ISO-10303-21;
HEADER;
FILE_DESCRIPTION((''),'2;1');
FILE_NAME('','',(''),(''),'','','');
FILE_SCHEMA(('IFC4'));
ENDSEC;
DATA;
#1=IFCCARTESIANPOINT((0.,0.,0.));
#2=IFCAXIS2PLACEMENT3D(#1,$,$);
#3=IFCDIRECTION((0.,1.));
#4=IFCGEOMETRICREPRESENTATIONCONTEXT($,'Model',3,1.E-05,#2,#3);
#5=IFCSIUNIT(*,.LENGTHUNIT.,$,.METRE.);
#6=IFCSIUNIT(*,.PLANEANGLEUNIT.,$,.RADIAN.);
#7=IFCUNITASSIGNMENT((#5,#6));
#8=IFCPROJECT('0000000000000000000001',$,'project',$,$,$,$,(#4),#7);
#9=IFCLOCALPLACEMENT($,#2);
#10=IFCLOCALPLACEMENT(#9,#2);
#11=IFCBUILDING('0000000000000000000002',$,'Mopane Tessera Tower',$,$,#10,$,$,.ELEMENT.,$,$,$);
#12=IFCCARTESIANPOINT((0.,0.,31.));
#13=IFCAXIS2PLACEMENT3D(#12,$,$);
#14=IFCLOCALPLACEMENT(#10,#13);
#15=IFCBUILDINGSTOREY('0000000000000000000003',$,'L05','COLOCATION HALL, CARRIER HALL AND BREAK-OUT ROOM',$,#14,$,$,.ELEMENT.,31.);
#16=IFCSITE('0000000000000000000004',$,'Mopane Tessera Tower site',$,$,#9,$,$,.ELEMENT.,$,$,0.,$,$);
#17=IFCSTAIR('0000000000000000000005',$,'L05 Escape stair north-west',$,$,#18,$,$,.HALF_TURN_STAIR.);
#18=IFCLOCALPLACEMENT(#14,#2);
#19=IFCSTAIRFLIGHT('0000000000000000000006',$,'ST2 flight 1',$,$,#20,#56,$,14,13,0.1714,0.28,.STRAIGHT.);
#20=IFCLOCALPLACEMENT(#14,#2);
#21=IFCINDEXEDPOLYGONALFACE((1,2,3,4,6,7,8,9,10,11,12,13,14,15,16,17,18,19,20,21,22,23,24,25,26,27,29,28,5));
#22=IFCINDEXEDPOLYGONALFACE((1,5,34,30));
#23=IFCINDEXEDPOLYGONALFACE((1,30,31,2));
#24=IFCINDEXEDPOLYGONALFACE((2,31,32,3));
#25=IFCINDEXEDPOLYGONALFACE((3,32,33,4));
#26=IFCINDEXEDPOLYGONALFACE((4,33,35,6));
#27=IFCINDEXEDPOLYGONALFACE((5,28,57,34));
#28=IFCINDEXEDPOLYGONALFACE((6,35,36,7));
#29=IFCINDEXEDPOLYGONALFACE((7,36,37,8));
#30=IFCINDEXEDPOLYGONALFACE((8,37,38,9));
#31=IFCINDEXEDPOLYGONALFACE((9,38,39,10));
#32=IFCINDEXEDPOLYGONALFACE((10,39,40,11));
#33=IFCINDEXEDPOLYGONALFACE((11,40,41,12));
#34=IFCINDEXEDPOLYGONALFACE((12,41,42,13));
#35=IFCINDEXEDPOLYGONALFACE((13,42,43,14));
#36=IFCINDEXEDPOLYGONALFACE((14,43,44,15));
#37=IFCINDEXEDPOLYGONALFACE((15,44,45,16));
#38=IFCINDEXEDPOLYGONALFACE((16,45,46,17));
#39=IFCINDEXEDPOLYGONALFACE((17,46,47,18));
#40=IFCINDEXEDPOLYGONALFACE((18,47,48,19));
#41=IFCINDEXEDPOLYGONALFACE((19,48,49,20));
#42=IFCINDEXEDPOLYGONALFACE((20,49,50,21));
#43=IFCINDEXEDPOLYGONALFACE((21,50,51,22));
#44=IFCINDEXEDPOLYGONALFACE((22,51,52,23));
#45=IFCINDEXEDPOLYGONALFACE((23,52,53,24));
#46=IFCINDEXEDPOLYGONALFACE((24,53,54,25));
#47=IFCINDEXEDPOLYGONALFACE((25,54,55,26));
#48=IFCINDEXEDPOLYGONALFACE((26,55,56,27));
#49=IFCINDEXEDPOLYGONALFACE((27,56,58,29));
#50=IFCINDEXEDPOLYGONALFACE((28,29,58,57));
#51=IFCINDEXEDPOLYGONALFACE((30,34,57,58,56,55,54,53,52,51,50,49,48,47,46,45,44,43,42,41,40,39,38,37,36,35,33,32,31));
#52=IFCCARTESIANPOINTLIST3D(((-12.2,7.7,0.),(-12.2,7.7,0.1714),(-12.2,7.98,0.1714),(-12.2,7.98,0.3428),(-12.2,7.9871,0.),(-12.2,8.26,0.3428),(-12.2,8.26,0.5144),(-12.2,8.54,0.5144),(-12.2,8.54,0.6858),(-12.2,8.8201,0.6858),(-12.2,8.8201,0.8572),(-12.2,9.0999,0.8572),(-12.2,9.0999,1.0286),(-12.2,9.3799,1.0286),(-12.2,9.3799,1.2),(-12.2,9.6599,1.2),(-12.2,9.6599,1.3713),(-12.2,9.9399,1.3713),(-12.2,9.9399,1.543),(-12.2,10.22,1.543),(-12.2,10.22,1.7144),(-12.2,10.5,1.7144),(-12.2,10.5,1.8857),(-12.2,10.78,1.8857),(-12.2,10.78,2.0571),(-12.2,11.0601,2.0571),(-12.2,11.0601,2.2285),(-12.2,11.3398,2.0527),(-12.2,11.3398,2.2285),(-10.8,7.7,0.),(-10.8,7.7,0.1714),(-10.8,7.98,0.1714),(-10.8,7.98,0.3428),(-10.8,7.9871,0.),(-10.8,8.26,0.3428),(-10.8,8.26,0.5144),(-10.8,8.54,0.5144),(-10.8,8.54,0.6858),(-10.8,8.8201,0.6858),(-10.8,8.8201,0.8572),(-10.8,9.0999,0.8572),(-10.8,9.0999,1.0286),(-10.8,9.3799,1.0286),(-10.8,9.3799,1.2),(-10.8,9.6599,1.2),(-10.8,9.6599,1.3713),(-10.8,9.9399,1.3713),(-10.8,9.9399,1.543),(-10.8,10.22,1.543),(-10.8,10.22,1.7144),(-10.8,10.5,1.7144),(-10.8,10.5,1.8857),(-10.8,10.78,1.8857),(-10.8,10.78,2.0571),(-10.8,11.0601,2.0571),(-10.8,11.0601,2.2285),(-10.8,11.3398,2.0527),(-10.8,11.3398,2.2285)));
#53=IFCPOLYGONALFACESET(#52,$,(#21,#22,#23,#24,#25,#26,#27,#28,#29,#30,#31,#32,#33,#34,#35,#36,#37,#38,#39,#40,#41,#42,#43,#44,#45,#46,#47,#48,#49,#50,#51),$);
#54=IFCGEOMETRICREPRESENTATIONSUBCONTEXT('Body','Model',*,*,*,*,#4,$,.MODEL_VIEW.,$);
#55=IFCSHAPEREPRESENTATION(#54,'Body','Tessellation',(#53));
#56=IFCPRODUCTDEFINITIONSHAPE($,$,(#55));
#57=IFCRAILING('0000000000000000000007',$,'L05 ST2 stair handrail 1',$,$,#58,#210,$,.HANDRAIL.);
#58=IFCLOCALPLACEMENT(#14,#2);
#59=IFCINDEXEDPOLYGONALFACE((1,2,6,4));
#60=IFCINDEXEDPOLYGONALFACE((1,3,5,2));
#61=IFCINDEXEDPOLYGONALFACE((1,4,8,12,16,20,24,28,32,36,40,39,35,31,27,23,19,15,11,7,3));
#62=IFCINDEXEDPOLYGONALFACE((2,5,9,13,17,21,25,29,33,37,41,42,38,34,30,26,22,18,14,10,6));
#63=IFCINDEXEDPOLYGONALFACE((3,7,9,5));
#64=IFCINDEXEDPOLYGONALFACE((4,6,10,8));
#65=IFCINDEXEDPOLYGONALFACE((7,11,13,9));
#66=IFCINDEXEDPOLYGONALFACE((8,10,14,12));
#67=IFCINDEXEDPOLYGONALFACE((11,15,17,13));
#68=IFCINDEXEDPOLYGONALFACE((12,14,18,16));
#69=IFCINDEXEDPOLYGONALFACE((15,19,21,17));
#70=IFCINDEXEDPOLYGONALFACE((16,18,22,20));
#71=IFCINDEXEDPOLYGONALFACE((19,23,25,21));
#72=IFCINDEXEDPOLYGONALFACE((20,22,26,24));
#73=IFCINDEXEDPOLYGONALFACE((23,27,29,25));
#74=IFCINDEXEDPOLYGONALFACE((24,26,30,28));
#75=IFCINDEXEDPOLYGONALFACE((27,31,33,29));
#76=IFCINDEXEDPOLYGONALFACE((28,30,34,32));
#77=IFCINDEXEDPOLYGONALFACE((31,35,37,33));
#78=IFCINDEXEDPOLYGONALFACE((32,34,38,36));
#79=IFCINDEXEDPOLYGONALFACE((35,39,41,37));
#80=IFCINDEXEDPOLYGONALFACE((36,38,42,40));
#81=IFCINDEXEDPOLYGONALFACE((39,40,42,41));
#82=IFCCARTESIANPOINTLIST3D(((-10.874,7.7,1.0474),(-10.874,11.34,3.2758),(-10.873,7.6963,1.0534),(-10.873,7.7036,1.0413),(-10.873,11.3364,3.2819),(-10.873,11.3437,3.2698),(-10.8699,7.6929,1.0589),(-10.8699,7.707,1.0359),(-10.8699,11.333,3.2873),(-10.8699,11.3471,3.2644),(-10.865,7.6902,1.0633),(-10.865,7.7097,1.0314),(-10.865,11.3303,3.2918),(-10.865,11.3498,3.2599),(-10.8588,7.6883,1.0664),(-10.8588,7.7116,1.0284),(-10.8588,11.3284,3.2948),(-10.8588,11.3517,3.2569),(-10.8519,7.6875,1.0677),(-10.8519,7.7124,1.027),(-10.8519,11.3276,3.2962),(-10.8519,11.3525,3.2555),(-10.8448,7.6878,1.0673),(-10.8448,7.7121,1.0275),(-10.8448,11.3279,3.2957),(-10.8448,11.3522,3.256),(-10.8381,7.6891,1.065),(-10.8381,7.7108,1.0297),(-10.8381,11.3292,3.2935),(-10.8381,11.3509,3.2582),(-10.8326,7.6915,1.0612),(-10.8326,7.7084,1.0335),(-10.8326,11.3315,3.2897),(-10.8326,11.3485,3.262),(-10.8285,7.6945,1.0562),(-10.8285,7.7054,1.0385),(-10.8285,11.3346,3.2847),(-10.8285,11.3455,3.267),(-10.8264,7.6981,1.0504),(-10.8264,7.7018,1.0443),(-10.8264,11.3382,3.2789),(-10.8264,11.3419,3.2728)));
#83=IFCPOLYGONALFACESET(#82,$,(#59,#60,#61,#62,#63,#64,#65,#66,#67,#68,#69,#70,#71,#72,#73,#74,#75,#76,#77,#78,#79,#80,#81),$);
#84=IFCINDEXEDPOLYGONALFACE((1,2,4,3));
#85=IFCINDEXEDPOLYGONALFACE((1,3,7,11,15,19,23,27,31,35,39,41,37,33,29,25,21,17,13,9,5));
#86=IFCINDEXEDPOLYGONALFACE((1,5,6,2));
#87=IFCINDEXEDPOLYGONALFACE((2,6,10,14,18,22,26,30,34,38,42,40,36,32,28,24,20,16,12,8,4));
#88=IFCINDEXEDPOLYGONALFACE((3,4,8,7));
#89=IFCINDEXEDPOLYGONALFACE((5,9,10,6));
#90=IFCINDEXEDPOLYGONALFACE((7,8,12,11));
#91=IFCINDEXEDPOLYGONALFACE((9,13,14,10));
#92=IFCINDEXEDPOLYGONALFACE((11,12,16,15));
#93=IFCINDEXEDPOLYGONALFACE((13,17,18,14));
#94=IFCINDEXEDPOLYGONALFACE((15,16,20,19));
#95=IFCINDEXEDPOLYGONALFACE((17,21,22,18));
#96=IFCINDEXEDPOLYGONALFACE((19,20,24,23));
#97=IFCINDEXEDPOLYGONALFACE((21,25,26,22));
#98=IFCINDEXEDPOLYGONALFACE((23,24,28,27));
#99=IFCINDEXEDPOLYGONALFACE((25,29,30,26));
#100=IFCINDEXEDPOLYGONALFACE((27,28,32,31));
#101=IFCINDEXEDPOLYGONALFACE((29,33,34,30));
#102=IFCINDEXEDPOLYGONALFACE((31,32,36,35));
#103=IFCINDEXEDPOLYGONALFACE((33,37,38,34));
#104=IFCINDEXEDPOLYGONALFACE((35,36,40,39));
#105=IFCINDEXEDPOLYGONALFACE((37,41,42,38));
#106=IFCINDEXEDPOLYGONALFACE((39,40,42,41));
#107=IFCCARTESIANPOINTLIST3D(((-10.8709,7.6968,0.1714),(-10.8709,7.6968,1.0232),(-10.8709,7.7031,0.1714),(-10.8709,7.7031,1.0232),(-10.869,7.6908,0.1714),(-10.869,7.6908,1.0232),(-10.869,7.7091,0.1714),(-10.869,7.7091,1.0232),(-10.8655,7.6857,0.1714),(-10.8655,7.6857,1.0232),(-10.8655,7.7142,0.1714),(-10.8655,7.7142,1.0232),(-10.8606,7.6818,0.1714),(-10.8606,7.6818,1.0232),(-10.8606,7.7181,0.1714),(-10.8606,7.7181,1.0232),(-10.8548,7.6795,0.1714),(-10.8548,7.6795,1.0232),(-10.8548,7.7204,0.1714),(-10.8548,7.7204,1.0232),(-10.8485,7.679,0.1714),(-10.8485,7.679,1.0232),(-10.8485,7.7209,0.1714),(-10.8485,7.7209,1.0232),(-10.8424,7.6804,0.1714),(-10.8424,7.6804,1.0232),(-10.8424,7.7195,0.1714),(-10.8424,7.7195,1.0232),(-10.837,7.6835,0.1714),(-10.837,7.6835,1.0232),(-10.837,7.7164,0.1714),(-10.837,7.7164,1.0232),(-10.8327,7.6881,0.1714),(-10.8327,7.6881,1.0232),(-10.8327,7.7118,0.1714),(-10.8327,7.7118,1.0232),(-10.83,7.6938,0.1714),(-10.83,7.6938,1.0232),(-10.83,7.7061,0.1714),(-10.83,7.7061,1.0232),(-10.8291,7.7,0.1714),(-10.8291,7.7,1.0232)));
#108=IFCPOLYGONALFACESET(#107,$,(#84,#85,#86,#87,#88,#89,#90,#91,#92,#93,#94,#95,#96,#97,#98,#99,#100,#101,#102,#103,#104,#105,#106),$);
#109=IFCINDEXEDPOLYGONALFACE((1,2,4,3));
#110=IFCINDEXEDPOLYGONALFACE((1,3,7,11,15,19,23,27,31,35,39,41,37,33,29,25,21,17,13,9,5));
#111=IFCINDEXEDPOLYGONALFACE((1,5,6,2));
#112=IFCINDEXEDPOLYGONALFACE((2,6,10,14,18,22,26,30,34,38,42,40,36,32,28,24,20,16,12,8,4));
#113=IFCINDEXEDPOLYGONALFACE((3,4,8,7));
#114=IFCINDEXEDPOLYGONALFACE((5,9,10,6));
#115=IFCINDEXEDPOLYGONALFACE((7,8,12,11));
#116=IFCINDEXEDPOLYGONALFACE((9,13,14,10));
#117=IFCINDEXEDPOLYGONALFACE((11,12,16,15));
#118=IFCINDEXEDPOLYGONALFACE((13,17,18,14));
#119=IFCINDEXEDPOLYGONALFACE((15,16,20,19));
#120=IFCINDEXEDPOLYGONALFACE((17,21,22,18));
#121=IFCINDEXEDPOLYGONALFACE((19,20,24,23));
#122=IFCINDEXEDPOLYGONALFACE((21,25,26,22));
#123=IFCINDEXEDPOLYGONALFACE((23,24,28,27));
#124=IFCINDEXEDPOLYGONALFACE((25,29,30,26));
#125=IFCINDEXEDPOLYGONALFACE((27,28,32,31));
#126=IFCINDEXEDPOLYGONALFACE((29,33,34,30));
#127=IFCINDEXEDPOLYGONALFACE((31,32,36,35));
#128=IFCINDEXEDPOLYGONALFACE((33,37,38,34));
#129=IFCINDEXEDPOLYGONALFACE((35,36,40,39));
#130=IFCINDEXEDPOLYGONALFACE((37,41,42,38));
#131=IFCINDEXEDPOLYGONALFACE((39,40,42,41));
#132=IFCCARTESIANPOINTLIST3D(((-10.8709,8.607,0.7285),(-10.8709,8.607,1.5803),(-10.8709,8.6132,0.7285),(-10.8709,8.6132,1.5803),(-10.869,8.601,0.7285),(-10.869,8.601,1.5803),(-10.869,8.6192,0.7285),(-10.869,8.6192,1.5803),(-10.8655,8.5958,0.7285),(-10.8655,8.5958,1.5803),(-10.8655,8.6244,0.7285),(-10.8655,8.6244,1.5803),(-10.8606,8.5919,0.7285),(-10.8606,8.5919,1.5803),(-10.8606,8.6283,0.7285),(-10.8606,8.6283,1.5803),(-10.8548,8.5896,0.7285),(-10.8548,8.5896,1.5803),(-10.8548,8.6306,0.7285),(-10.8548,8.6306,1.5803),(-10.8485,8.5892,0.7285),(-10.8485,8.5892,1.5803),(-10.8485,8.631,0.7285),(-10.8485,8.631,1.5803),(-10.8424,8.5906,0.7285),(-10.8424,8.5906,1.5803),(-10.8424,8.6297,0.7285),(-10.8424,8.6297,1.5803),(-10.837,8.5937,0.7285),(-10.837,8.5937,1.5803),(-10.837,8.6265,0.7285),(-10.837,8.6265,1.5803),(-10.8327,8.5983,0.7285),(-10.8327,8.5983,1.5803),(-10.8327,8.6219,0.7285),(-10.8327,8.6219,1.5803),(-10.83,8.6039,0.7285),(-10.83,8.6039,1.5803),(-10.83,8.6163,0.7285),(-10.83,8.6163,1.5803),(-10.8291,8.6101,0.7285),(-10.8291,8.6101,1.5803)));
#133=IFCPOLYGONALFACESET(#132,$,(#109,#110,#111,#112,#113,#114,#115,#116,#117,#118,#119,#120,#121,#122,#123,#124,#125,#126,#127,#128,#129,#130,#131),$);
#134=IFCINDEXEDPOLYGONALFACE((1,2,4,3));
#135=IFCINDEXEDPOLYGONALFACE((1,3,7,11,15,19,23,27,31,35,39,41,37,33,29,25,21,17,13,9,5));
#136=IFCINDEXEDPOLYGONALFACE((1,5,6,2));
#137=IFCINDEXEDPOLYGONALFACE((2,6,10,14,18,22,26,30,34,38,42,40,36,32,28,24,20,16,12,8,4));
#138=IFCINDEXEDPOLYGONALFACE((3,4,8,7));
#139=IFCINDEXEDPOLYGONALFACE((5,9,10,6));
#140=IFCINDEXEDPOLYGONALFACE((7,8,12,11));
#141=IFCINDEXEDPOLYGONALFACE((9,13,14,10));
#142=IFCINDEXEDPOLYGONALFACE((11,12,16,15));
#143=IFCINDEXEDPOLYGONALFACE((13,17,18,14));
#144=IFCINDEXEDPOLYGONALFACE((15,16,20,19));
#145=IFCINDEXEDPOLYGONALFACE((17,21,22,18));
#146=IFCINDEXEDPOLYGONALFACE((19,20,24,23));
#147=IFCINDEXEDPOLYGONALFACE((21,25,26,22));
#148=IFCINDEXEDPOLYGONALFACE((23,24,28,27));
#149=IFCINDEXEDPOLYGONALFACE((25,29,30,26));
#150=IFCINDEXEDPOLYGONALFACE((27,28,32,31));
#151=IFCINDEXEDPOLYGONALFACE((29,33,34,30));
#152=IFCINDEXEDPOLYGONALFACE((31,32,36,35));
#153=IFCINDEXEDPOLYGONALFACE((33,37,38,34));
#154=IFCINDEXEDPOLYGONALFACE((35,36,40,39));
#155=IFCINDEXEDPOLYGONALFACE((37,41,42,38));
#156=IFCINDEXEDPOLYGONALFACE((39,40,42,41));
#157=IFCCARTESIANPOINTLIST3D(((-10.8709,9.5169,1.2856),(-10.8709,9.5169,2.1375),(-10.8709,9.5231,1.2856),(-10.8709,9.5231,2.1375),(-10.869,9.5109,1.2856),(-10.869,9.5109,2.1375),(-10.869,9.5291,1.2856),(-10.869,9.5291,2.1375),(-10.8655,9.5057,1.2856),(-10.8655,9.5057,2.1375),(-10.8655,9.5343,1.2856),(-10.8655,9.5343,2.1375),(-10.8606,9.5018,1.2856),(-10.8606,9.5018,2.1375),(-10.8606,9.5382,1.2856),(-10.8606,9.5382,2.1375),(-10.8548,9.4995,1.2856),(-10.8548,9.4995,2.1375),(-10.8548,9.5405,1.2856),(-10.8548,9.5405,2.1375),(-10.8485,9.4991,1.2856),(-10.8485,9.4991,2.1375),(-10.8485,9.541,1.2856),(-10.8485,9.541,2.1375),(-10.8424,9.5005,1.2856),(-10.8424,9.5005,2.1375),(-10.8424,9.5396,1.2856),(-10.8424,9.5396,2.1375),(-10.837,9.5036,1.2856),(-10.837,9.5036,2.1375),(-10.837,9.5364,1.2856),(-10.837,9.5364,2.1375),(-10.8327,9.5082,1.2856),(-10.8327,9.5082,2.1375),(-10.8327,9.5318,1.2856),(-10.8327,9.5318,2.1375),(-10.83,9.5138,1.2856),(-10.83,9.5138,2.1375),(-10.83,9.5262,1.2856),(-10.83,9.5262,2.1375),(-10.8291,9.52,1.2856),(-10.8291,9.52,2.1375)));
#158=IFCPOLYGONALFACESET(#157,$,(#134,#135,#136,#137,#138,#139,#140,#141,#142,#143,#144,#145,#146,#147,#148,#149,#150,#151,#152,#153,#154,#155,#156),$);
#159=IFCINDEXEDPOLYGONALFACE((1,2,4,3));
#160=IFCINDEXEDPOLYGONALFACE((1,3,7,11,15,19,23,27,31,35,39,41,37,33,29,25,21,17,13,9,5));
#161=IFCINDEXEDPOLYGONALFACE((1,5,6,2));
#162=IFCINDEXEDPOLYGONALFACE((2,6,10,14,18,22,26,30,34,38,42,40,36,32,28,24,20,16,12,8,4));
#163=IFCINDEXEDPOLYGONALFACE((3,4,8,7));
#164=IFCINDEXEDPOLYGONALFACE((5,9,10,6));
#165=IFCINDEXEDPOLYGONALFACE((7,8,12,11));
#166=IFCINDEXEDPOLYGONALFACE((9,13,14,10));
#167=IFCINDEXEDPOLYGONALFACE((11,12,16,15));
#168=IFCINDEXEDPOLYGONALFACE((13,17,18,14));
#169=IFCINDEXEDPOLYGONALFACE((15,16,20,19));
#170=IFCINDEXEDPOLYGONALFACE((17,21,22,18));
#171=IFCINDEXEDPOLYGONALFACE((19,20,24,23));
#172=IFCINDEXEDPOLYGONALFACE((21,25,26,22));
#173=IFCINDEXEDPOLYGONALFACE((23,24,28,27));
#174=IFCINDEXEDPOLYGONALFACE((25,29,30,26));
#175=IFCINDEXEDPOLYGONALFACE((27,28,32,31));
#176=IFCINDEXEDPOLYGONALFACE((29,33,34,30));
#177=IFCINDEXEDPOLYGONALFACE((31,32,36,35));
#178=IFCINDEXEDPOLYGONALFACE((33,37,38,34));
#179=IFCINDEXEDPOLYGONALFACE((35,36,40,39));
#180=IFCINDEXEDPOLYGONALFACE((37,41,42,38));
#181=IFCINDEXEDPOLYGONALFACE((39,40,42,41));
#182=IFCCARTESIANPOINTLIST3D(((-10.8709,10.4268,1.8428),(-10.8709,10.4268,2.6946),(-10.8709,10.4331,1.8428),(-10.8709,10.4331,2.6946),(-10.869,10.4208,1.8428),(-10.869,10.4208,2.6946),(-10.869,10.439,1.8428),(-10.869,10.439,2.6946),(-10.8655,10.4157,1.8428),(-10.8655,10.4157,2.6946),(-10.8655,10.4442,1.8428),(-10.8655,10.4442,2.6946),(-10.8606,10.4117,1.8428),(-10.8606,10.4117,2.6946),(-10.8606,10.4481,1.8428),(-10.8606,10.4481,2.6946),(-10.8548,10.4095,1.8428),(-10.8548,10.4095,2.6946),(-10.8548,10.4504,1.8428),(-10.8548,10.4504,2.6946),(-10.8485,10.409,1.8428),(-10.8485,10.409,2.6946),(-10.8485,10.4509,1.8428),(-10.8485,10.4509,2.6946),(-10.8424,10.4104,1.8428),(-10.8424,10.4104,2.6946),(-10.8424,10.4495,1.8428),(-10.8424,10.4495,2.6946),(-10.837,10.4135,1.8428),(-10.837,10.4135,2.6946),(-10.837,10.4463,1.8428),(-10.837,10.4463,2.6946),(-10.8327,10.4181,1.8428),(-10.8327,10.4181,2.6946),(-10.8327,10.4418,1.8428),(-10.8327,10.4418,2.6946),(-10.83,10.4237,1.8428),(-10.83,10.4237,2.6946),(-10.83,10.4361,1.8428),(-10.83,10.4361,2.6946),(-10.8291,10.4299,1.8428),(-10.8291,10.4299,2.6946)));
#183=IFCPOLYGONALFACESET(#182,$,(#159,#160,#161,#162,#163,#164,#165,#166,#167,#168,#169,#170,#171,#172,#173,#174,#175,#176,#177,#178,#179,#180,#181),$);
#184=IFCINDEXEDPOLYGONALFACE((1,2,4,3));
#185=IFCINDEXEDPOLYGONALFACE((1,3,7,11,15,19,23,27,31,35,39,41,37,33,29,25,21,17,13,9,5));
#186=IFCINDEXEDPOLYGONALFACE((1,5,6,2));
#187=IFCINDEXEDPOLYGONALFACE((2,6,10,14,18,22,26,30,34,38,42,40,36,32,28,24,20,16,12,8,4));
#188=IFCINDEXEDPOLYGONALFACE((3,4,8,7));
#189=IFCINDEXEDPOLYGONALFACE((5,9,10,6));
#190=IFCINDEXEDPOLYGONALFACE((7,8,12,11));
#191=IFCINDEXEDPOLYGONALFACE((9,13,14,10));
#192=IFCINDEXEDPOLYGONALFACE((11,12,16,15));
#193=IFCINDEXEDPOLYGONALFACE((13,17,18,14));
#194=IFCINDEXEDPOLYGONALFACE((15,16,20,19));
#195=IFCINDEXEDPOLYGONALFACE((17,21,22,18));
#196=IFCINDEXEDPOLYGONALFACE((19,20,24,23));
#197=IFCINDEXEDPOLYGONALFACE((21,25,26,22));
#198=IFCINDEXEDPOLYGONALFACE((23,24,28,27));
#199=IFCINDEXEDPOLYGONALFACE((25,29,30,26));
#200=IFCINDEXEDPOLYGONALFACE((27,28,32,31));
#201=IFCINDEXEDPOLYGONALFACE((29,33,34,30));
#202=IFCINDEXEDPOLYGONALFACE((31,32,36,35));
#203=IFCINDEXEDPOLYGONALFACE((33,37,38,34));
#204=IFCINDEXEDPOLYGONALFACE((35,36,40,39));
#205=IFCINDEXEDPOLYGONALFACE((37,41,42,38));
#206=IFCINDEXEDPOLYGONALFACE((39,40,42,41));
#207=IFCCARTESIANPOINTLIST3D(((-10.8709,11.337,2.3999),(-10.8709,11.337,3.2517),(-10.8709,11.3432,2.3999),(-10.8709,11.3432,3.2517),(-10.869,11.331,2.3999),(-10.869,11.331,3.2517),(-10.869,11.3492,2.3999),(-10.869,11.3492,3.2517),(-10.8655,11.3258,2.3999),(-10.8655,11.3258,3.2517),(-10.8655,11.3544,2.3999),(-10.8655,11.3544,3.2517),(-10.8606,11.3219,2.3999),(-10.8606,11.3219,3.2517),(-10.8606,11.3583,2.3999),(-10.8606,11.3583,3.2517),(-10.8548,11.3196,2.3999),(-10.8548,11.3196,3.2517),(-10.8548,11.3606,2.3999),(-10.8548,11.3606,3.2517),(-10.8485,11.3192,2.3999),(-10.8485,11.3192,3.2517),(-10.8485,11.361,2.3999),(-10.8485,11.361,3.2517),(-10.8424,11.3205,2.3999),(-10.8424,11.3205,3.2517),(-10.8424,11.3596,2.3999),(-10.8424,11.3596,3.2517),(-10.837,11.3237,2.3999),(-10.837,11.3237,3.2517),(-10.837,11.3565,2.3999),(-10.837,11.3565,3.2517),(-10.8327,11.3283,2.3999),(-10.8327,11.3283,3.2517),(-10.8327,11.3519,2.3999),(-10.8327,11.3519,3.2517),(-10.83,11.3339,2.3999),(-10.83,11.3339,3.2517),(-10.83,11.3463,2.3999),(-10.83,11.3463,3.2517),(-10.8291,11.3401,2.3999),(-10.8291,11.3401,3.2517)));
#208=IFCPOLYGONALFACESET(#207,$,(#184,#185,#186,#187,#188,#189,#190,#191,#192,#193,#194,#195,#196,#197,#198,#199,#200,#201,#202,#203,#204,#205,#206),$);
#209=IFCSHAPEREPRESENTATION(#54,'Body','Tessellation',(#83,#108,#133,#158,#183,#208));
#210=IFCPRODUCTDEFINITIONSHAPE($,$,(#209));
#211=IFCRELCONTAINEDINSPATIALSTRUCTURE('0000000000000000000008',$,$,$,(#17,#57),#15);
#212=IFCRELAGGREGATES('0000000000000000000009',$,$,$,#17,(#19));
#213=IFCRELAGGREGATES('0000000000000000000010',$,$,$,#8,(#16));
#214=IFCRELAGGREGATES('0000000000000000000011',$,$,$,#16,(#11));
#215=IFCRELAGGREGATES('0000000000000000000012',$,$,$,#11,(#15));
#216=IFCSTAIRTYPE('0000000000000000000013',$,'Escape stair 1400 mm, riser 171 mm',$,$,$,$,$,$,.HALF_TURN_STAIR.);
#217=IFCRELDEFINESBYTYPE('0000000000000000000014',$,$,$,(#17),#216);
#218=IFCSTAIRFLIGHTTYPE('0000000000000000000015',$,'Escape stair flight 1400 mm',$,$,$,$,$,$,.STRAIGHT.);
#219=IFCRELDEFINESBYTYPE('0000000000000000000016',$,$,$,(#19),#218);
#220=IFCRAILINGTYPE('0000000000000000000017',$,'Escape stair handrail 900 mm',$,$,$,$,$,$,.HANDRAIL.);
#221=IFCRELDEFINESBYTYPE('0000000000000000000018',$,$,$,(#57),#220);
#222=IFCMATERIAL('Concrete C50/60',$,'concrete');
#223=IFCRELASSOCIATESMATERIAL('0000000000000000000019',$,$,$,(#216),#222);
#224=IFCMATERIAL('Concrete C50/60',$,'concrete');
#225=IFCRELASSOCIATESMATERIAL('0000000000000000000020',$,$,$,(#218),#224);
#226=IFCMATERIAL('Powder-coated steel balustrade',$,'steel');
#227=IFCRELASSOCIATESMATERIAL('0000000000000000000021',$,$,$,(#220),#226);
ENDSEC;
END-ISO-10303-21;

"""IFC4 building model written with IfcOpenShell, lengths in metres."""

from ifc_helpers import new_model, si_unit, direction, frame, origin, origin_2d, place, context, subcontext, project, spatial, polyline, circle, outline, extrude, material, type_object, element, aggregate, save


model = new_model("IFC4")

# Units and contexts
model_context = context("Model", 3, precision=1e-05, world=origin(), true_north=direction((0.0, 1.0)))
body_context = subcontext(model_context, "Body", "Model", "MODEL_VIEW")
ifc_project = project(units=[si_unit("LENGTHUNIT", "METRE"), si_unit("PLANEANGLEUNIT", "RADIAN")], contexts=[model_context])

# Site, building, storey
site_placement = place(None, origin())
site = spatial("IfcSite", under=ifc_project, at=site_placement, Name="Mopane Tessera Tower site", CompositionType="ELEMENT", RefElevation=0.0)
building_placement = place(site_placement, origin())
building = spatial("IfcBuilding", under=site, at=building_placement, Name="Mopane Tessera Tower", CompositionType="ELEMENT")
storey_placement = place(building_placement, frame((0.0, 0.0, 31.0)))
storey = spatial("IfcBuildingStorey", under=building, at=storey_placement, Name="L05", Description="COLOCATION HALL, CARRIER HALL AND BREAK-OUT ROOM", CompositionType="ELEMENT", Elevation=31.0)

# Stair, stair flight
ifc_material_1 = material(Name="Concrete C50/60", Category="concrete")
stair_type = type_object("IfcStairType", Name="Escape stair 1400 mm, riser 171 mm", PredefinedType="HALF_TURN_STAIR", material=ifc_material_1)
stair_placement = place(storey_placement, origin())
stair = element("IfcStair", 1, at=stair_placement, inside=storey, type_object=stair_type, Name="L05 Escape stair north-west", PredefinedType="HALF_TURN_STAIR")
ifc_material_2 = material(Name="Concrete C50/60", Category="concrete")
stair_flight_type = type_object("IfcStairFlightType", Name="Escape stair flight 1400 mm", PredefinedType="STRAIGHT", material=ifc_material_2)
stair_flight_placement = place(storey_placement, frame((-11.5, 7.7, 0.0), z_axis=(0.0, 0.0, 1.0), x_axis=(0.0, 1.0, 0.0)))
stair_flight = element("IfcStairFlight", 2, at=stair_flight_placement, type_object=stair_flight_type, Name="ST2 flight 1", NumberOfRisers=14, NumberOfTreads=13, PredefinedType="STRAIGHT", RiserHeight=0.1714, TreadLength=0.28, context=body_context, shape_type="SweptSolid", body=[
    extrude(outline(polyline([(0.0, 0.0), (0.0, 0.1714), (0.28, 0.1714), (0.28, 0.3428), (0.5601, 0.3428), (0.5601, 0.5144), (0.8401, 0.5144), (0.8401, 0.6858), (1.1201, 0.6858), (1.1201, 0.8572), (1.3999, 0.8572), (1.3999, 1.0286), (1.6799, 1.0286), (1.6799, 1.2), (1.96, 1.2), (1.96, 1.3713), (2.24, 1.3713), (2.24, 1.543), (2.52, 1.543), (2.52, 1.7144), (2.8, 1.7144), (2.8, 1.8857), (3.0801, 1.8857), (3.0801, 2.0571), (3.3601, 2.0571), (3.3601, 2.2285), (3.6399, 2.2285), (3.6399, 2.3999), (3.6399, 2.0527), (0.2871, 0.0), (0.0, 0.0)])), frame((0.0, 0.7, 0.0), z_axis=(0.0, -1.0, 0.0), x_axis=(1.0, 0.0, 0.0)), (0.0, 0.0, 1.0), 1.3999),
])
aggregate(stair, [stair_flight])

# Railing
ifc_material_3 = material(Name="Powder-coated steel balustrade", Category="steel")
railing_type_1 = type_object("IfcRailingType", Name="Escape stair handrail 900 mm", PredefinedType="HANDRAIL", material=ifc_material_3)
railing_1_placement = place(storey_placement, frame((-10.8501, 7.7, 0.1714)))
element("IfcRailing", 3, at=railing_1_placement, inside=storey, type_object=railing_type_1, Name="L05 ST2 stair handrail 1", PredefinedType="HANDRAIL", context=body_context, shape_type="SweptSolid", body=[
    extrude(circle(Radius=0.0239, at=origin_2d()), frame((0.0, 0.0, 0.876), z_axis=(0.0, 0.852866, 0.52213), x_axis=(-1.0, 0.0, 0.0)), (0.0, 0.0, 1.0), 4.2681),
    extrude(circle(Radius=0.021, at=origin_2d()), origin(), (0.0, 0.0, 1.0), 0.8518),
    extrude(circle(Radius=0.021, at=origin_2d()), frame((0.0, 0.9102, 0.5571)), (0.0, 0.0, 1.0), 0.8518),
    extrude(circle(Radius=0.021, at=origin_2d()), frame((0.0, 1.8201, 1.1143)), (0.0, 0.0, 1.0), 0.8518),
    extrude(circle(Radius=0.021, at=origin_2d()), frame((0.0, 2.73, 1.6714)), (0.0, 0.0, 1.0), 0.8518),
    extrude(circle(Radius=0.021, at=origin_2d()), frame((0.0, 3.6401, 2.2285)), (0.0, 0.0, 1.0), 0.8518),
])

save(model, "model.ifc")
